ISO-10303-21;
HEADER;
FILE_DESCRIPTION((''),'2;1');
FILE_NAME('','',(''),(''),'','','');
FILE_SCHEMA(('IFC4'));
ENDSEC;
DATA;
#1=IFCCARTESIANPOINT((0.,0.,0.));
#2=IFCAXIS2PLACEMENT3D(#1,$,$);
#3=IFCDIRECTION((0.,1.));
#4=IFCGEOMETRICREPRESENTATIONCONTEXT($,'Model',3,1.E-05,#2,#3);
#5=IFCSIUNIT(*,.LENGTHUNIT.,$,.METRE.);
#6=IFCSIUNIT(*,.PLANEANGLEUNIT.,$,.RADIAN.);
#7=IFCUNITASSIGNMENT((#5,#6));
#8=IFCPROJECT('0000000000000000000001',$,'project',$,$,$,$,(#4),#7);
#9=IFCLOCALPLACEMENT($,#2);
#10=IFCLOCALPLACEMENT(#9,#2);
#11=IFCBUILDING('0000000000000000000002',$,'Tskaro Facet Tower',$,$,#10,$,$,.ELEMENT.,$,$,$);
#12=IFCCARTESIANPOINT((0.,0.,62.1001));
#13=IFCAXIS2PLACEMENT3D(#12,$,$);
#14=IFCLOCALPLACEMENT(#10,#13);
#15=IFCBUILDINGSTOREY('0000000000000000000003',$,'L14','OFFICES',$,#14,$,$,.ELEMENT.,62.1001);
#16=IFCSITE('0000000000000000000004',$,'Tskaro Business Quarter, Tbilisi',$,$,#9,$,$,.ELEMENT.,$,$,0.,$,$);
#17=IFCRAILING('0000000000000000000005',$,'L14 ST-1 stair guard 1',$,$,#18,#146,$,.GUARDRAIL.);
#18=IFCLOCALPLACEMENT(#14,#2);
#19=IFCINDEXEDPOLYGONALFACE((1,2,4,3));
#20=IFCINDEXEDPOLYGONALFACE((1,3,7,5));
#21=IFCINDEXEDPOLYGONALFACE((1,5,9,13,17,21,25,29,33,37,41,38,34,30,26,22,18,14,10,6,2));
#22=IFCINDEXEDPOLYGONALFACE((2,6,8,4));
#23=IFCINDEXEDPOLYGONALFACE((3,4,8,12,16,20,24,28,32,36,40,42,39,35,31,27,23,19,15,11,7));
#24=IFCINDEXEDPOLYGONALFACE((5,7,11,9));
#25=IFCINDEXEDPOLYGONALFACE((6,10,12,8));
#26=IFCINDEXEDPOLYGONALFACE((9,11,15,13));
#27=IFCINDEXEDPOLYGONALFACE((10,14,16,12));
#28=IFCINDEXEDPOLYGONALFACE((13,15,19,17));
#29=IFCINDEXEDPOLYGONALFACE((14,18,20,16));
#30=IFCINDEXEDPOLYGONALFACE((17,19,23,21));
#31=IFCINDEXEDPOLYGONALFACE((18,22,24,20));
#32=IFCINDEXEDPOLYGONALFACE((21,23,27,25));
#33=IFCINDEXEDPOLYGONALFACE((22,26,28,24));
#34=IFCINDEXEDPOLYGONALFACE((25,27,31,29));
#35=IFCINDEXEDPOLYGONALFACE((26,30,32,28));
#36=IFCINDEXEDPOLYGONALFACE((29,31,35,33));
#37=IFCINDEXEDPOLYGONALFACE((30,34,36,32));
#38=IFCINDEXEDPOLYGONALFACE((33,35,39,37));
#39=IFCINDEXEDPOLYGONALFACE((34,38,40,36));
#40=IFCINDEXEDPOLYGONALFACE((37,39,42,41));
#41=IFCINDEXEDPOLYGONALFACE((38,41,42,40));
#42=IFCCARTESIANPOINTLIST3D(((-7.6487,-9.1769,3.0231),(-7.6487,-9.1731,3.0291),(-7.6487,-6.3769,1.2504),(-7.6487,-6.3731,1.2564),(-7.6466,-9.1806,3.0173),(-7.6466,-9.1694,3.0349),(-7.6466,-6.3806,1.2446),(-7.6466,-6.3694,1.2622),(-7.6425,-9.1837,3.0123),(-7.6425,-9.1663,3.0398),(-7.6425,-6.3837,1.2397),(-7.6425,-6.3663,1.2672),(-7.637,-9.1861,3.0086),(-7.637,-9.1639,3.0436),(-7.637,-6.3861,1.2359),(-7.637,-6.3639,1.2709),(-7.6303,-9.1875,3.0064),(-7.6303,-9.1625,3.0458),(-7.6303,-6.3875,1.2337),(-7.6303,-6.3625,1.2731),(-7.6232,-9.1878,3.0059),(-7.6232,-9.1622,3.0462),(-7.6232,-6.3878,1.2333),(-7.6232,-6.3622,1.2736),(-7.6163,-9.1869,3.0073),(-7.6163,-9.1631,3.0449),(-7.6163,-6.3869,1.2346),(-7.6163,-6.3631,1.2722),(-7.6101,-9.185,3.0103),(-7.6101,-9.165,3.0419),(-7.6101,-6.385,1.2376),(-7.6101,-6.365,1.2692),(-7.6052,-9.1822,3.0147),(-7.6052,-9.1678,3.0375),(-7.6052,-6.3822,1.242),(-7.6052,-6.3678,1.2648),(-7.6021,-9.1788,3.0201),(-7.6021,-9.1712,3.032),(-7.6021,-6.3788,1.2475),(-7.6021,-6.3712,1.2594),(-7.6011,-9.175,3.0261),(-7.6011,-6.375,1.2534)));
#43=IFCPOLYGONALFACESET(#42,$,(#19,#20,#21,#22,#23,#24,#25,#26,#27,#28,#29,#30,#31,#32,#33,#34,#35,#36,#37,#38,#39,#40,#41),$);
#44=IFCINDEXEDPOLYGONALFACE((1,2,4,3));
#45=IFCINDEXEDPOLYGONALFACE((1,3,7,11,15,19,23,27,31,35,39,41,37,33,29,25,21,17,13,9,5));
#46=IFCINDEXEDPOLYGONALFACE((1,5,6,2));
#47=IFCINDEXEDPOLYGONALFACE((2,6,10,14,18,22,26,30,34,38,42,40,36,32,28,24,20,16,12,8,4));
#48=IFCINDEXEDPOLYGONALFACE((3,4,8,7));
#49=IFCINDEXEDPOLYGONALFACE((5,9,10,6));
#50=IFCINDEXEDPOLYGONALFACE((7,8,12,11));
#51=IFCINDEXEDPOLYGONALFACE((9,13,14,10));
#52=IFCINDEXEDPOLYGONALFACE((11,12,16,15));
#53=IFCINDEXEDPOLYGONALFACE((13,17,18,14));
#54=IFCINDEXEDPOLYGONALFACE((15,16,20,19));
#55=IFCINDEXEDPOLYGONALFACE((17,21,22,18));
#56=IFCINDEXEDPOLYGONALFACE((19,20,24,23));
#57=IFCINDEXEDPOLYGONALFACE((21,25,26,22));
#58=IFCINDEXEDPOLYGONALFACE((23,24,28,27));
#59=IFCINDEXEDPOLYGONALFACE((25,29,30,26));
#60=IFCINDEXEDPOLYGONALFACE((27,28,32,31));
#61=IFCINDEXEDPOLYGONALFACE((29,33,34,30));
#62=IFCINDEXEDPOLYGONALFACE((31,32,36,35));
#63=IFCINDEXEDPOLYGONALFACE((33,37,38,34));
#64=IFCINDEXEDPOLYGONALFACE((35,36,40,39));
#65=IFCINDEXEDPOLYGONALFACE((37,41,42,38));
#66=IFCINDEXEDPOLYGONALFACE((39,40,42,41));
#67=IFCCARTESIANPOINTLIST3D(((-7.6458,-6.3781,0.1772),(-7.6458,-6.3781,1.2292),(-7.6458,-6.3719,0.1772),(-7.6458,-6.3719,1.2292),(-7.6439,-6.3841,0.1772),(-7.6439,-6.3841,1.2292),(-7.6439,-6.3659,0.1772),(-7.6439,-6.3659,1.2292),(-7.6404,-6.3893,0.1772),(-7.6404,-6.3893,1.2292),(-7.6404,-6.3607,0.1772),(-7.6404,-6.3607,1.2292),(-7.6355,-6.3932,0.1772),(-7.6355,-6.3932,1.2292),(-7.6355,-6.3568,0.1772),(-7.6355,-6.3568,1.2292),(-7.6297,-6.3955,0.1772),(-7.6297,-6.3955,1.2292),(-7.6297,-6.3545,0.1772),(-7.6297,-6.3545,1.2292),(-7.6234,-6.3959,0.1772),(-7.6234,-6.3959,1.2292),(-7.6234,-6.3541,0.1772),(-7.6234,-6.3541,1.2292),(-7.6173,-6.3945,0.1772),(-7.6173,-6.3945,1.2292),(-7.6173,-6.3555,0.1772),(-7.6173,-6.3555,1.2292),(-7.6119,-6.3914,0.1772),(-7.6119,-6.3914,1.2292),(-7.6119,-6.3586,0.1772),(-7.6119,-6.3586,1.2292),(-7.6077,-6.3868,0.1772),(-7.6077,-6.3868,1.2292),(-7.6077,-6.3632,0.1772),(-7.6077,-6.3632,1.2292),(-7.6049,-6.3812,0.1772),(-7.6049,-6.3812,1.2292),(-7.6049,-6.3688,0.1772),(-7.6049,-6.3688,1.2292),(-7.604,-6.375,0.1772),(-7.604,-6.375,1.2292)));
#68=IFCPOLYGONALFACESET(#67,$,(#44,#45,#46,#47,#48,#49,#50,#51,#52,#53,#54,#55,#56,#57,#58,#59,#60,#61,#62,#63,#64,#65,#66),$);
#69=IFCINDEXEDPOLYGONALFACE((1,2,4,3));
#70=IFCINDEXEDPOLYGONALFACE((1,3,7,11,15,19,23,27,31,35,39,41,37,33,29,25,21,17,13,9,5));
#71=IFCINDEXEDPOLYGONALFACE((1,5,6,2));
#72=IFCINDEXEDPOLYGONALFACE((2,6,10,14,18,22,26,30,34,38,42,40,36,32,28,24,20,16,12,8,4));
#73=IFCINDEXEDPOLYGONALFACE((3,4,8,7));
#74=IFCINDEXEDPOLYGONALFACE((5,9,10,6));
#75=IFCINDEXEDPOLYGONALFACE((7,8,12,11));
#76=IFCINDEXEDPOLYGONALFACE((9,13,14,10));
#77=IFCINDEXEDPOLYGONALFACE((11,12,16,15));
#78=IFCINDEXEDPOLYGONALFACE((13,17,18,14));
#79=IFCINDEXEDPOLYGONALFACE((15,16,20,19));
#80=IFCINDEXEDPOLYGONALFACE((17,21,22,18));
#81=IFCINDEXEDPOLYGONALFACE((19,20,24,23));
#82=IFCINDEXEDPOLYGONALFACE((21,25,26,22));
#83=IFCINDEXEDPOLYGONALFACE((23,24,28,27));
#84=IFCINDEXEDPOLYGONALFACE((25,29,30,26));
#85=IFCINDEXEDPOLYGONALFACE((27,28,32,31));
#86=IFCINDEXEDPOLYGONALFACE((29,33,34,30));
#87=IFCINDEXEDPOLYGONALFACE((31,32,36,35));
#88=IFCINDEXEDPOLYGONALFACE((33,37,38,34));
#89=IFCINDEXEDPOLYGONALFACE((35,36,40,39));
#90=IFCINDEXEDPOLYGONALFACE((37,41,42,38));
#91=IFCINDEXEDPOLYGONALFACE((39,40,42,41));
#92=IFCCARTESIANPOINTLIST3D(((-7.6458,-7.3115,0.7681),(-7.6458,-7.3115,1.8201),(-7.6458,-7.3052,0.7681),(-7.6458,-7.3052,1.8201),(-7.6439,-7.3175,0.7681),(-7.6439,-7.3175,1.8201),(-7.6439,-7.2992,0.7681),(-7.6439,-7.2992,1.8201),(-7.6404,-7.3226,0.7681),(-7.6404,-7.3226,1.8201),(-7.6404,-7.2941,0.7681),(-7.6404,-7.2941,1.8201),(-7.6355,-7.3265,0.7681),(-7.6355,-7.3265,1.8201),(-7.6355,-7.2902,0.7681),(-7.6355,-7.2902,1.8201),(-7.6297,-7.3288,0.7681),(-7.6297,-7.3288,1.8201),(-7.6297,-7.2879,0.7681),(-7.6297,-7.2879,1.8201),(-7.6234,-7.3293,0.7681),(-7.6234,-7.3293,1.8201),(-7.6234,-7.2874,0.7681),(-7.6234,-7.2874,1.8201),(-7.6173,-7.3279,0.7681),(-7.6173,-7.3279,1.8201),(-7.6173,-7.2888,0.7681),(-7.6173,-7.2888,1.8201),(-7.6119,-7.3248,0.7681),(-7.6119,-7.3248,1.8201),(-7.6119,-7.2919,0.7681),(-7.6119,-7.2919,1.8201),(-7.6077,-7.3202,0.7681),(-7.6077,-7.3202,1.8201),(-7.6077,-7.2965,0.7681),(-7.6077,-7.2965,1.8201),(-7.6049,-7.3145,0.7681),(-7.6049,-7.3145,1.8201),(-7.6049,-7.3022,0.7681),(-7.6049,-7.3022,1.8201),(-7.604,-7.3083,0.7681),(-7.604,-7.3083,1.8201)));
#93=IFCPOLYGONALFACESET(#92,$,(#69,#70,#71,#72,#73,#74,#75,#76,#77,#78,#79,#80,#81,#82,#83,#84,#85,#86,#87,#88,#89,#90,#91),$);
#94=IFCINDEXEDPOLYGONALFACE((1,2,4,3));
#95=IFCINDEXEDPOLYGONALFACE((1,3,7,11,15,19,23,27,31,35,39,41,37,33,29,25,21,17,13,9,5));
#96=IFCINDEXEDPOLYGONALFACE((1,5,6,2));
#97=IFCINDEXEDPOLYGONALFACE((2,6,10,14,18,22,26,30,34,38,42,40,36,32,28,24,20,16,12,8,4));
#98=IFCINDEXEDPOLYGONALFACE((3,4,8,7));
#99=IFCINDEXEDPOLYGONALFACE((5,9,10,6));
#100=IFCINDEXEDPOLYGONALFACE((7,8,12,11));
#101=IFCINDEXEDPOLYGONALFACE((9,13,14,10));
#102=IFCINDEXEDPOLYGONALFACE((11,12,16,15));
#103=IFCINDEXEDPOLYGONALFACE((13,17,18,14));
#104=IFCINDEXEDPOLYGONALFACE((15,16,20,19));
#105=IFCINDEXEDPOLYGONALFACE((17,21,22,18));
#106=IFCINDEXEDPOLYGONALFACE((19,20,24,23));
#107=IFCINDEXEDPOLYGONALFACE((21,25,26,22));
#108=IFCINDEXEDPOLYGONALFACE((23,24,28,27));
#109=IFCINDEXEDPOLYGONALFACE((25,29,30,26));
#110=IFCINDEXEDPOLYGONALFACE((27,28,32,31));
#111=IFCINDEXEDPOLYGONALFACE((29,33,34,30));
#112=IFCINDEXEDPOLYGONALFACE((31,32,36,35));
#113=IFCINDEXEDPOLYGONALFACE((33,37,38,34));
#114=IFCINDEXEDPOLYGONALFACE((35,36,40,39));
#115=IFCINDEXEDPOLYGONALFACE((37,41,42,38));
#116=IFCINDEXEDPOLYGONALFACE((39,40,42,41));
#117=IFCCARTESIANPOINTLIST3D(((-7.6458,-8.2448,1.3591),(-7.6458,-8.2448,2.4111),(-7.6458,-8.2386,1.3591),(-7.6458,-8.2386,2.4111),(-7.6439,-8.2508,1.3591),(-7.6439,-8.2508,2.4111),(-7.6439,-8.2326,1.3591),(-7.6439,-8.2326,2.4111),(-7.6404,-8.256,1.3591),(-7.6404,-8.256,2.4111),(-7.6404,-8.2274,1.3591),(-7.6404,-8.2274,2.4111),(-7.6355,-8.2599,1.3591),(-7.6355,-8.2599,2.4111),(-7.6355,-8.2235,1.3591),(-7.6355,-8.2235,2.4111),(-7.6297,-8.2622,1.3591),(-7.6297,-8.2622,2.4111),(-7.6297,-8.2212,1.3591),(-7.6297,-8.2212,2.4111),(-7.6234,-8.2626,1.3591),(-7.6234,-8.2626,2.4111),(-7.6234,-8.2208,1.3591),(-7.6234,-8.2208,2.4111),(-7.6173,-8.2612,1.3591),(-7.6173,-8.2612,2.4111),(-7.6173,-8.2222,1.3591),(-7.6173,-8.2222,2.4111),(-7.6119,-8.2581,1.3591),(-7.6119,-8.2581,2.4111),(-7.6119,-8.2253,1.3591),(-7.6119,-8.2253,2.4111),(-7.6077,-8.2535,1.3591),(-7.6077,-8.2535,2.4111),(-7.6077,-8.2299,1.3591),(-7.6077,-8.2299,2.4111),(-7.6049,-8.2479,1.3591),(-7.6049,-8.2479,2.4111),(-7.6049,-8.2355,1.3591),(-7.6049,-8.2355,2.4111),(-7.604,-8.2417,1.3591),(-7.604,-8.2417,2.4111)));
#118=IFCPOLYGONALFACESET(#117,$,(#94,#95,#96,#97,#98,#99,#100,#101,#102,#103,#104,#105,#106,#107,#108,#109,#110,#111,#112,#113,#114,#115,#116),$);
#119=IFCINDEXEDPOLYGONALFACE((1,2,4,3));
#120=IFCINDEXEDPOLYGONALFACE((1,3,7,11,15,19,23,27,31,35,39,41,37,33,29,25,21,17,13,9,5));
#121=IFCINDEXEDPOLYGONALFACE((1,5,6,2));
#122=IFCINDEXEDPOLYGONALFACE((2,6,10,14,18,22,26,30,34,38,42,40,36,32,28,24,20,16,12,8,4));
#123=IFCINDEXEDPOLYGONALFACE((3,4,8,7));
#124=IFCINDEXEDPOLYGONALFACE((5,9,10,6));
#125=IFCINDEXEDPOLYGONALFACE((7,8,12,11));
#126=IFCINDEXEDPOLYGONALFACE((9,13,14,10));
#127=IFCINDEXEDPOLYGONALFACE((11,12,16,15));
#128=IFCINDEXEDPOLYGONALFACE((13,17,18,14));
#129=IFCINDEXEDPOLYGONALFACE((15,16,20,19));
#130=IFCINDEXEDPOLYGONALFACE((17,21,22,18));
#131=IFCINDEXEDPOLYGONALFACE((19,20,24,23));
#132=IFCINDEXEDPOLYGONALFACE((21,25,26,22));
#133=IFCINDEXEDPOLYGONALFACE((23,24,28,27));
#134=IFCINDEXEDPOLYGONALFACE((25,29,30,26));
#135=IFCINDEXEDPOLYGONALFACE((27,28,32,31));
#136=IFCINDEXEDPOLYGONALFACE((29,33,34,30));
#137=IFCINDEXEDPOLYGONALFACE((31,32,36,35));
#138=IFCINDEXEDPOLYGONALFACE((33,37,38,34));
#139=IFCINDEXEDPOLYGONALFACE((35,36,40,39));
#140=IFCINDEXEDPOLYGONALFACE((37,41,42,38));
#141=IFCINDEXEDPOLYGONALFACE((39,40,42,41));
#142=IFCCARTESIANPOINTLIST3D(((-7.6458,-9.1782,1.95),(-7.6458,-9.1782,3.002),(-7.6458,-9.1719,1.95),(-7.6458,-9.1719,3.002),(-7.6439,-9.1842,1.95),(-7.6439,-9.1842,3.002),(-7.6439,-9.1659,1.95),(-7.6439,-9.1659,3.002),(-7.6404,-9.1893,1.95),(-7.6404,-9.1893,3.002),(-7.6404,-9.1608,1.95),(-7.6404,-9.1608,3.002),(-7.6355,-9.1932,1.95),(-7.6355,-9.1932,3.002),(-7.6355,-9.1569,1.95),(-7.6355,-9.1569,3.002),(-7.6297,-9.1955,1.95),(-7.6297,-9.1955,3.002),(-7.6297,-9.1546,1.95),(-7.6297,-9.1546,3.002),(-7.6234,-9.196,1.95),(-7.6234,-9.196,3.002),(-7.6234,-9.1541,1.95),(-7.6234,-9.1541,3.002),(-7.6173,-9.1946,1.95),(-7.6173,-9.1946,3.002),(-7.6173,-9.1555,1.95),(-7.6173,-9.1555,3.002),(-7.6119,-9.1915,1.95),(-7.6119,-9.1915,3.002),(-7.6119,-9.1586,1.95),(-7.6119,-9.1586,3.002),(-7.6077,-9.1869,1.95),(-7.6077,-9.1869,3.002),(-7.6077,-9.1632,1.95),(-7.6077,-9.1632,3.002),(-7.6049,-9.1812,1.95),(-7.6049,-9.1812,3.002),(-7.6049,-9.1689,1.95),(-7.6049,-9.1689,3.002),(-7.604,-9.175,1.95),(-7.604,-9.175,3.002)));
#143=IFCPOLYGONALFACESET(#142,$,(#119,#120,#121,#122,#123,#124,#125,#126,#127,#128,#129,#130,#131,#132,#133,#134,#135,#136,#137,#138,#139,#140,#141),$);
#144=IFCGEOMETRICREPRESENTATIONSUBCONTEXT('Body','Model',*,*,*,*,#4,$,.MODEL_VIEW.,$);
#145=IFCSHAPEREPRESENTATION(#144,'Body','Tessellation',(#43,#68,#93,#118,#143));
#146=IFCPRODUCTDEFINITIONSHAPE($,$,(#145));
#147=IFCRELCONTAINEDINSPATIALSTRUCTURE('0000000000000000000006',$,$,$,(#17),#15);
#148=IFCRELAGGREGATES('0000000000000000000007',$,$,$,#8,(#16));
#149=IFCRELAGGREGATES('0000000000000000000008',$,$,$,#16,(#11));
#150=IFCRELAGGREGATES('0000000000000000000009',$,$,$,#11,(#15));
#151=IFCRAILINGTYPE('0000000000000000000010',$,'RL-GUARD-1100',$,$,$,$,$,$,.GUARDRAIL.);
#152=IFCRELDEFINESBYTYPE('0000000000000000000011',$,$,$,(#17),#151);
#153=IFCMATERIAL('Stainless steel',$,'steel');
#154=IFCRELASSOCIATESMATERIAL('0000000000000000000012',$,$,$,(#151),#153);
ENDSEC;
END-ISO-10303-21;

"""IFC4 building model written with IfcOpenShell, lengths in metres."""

from ifc_helpers import new_model, si_unit, direction, frame, origin, origin_2d, place, context, subcontext, project, spatial, circle, extrude, material, type_object, element, save


model = new_model("IFC4")

# Units and contexts
model_context = context("Model", 3, precision=1e-05, world=origin(), true_north=direction((0.0, 1.0)))
body_context = subcontext(model_context, "Body", "Model", "MODEL_VIEW")
ifc_project = project(units=[si_unit("LENGTHUNIT", "METRE"), si_unit("PLANEANGLEUNIT", "RADIAN")], contexts=[model_context])

# Site, building, storey
site_placement = place(None, origin())
site = spatial("IfcSite", under=ifc_project, at=site_placement, Name="Tskaro Business Quarter, Tbilisi", CompositionType="ELEMENT", RefElevation=0.0)
building_placement = place(site_placement, origin())
building = spatial("IfcBuilding", under=site, at=building_placement, Name="Tskaro Facet Tower", CompositionType="ELEMENT")
storey_placement = place(building_placement, frame((0.0, 0.0, 62.1001)))
storey = spatial("IfcBuildingStorey", under=building, at=storey_placement, Name="L14", Description="OFFICES", CompositionType="ELEMENT", Elevation=62.1001)

# Shared definitions
ifc_material_1 = material(Name="Stainless steel", Category="steel")

# Railing
railing_type_1 = type_object("IfcRailingType", Name="RL-GUARD-1100", PredefinedType="GUARDRAIL", material=ifc_material_1)
railing_1_placement = place(storey_placement, frame((-7.625, -6.375, 0.1772)))
element("IfcRailing", 1, at=railing_1_placement, inside=storey, type_object=railing_type_1, Name="L14 ST-1 stair guard 1", PredefinedType="GUARDRAIL", context=body_context, shape_type="SweptSolid", body=[
    extrude(circle(Radius=0.0239, at=origin_2d()), frame((0.0, 0.0, 1.0762), z_axis=(0.0, -0.844909, 0.53491), x_axis=(1.0, 0.0, 0.0)), (0.0, 0.0, 1.0), 3.314),
    extrude(circle(Radius=0.021, at=origin_2d()), origin(), (0.0, 0.0, 1.0), 1.052),
    extrude(circle(Radius=0.021, at=origin_2d()), frame((0.0, -0.9333, 0.5908)), (0.0, 0.0, 1.0), 1.052),
    extrude(circle(Radius=0.021, at=origin_2d()), frame((0.0, -1.8667, 1.1819)), (0.0, 0.0, 1.0), 1.052),
    extrude(circle(Radius=0.021, at=origin_2d()), frame((0.0, -2.8, 1.7727)), (0.0, 0.0, 1.0), 1.052),
])

save(model, "model.ifc")
